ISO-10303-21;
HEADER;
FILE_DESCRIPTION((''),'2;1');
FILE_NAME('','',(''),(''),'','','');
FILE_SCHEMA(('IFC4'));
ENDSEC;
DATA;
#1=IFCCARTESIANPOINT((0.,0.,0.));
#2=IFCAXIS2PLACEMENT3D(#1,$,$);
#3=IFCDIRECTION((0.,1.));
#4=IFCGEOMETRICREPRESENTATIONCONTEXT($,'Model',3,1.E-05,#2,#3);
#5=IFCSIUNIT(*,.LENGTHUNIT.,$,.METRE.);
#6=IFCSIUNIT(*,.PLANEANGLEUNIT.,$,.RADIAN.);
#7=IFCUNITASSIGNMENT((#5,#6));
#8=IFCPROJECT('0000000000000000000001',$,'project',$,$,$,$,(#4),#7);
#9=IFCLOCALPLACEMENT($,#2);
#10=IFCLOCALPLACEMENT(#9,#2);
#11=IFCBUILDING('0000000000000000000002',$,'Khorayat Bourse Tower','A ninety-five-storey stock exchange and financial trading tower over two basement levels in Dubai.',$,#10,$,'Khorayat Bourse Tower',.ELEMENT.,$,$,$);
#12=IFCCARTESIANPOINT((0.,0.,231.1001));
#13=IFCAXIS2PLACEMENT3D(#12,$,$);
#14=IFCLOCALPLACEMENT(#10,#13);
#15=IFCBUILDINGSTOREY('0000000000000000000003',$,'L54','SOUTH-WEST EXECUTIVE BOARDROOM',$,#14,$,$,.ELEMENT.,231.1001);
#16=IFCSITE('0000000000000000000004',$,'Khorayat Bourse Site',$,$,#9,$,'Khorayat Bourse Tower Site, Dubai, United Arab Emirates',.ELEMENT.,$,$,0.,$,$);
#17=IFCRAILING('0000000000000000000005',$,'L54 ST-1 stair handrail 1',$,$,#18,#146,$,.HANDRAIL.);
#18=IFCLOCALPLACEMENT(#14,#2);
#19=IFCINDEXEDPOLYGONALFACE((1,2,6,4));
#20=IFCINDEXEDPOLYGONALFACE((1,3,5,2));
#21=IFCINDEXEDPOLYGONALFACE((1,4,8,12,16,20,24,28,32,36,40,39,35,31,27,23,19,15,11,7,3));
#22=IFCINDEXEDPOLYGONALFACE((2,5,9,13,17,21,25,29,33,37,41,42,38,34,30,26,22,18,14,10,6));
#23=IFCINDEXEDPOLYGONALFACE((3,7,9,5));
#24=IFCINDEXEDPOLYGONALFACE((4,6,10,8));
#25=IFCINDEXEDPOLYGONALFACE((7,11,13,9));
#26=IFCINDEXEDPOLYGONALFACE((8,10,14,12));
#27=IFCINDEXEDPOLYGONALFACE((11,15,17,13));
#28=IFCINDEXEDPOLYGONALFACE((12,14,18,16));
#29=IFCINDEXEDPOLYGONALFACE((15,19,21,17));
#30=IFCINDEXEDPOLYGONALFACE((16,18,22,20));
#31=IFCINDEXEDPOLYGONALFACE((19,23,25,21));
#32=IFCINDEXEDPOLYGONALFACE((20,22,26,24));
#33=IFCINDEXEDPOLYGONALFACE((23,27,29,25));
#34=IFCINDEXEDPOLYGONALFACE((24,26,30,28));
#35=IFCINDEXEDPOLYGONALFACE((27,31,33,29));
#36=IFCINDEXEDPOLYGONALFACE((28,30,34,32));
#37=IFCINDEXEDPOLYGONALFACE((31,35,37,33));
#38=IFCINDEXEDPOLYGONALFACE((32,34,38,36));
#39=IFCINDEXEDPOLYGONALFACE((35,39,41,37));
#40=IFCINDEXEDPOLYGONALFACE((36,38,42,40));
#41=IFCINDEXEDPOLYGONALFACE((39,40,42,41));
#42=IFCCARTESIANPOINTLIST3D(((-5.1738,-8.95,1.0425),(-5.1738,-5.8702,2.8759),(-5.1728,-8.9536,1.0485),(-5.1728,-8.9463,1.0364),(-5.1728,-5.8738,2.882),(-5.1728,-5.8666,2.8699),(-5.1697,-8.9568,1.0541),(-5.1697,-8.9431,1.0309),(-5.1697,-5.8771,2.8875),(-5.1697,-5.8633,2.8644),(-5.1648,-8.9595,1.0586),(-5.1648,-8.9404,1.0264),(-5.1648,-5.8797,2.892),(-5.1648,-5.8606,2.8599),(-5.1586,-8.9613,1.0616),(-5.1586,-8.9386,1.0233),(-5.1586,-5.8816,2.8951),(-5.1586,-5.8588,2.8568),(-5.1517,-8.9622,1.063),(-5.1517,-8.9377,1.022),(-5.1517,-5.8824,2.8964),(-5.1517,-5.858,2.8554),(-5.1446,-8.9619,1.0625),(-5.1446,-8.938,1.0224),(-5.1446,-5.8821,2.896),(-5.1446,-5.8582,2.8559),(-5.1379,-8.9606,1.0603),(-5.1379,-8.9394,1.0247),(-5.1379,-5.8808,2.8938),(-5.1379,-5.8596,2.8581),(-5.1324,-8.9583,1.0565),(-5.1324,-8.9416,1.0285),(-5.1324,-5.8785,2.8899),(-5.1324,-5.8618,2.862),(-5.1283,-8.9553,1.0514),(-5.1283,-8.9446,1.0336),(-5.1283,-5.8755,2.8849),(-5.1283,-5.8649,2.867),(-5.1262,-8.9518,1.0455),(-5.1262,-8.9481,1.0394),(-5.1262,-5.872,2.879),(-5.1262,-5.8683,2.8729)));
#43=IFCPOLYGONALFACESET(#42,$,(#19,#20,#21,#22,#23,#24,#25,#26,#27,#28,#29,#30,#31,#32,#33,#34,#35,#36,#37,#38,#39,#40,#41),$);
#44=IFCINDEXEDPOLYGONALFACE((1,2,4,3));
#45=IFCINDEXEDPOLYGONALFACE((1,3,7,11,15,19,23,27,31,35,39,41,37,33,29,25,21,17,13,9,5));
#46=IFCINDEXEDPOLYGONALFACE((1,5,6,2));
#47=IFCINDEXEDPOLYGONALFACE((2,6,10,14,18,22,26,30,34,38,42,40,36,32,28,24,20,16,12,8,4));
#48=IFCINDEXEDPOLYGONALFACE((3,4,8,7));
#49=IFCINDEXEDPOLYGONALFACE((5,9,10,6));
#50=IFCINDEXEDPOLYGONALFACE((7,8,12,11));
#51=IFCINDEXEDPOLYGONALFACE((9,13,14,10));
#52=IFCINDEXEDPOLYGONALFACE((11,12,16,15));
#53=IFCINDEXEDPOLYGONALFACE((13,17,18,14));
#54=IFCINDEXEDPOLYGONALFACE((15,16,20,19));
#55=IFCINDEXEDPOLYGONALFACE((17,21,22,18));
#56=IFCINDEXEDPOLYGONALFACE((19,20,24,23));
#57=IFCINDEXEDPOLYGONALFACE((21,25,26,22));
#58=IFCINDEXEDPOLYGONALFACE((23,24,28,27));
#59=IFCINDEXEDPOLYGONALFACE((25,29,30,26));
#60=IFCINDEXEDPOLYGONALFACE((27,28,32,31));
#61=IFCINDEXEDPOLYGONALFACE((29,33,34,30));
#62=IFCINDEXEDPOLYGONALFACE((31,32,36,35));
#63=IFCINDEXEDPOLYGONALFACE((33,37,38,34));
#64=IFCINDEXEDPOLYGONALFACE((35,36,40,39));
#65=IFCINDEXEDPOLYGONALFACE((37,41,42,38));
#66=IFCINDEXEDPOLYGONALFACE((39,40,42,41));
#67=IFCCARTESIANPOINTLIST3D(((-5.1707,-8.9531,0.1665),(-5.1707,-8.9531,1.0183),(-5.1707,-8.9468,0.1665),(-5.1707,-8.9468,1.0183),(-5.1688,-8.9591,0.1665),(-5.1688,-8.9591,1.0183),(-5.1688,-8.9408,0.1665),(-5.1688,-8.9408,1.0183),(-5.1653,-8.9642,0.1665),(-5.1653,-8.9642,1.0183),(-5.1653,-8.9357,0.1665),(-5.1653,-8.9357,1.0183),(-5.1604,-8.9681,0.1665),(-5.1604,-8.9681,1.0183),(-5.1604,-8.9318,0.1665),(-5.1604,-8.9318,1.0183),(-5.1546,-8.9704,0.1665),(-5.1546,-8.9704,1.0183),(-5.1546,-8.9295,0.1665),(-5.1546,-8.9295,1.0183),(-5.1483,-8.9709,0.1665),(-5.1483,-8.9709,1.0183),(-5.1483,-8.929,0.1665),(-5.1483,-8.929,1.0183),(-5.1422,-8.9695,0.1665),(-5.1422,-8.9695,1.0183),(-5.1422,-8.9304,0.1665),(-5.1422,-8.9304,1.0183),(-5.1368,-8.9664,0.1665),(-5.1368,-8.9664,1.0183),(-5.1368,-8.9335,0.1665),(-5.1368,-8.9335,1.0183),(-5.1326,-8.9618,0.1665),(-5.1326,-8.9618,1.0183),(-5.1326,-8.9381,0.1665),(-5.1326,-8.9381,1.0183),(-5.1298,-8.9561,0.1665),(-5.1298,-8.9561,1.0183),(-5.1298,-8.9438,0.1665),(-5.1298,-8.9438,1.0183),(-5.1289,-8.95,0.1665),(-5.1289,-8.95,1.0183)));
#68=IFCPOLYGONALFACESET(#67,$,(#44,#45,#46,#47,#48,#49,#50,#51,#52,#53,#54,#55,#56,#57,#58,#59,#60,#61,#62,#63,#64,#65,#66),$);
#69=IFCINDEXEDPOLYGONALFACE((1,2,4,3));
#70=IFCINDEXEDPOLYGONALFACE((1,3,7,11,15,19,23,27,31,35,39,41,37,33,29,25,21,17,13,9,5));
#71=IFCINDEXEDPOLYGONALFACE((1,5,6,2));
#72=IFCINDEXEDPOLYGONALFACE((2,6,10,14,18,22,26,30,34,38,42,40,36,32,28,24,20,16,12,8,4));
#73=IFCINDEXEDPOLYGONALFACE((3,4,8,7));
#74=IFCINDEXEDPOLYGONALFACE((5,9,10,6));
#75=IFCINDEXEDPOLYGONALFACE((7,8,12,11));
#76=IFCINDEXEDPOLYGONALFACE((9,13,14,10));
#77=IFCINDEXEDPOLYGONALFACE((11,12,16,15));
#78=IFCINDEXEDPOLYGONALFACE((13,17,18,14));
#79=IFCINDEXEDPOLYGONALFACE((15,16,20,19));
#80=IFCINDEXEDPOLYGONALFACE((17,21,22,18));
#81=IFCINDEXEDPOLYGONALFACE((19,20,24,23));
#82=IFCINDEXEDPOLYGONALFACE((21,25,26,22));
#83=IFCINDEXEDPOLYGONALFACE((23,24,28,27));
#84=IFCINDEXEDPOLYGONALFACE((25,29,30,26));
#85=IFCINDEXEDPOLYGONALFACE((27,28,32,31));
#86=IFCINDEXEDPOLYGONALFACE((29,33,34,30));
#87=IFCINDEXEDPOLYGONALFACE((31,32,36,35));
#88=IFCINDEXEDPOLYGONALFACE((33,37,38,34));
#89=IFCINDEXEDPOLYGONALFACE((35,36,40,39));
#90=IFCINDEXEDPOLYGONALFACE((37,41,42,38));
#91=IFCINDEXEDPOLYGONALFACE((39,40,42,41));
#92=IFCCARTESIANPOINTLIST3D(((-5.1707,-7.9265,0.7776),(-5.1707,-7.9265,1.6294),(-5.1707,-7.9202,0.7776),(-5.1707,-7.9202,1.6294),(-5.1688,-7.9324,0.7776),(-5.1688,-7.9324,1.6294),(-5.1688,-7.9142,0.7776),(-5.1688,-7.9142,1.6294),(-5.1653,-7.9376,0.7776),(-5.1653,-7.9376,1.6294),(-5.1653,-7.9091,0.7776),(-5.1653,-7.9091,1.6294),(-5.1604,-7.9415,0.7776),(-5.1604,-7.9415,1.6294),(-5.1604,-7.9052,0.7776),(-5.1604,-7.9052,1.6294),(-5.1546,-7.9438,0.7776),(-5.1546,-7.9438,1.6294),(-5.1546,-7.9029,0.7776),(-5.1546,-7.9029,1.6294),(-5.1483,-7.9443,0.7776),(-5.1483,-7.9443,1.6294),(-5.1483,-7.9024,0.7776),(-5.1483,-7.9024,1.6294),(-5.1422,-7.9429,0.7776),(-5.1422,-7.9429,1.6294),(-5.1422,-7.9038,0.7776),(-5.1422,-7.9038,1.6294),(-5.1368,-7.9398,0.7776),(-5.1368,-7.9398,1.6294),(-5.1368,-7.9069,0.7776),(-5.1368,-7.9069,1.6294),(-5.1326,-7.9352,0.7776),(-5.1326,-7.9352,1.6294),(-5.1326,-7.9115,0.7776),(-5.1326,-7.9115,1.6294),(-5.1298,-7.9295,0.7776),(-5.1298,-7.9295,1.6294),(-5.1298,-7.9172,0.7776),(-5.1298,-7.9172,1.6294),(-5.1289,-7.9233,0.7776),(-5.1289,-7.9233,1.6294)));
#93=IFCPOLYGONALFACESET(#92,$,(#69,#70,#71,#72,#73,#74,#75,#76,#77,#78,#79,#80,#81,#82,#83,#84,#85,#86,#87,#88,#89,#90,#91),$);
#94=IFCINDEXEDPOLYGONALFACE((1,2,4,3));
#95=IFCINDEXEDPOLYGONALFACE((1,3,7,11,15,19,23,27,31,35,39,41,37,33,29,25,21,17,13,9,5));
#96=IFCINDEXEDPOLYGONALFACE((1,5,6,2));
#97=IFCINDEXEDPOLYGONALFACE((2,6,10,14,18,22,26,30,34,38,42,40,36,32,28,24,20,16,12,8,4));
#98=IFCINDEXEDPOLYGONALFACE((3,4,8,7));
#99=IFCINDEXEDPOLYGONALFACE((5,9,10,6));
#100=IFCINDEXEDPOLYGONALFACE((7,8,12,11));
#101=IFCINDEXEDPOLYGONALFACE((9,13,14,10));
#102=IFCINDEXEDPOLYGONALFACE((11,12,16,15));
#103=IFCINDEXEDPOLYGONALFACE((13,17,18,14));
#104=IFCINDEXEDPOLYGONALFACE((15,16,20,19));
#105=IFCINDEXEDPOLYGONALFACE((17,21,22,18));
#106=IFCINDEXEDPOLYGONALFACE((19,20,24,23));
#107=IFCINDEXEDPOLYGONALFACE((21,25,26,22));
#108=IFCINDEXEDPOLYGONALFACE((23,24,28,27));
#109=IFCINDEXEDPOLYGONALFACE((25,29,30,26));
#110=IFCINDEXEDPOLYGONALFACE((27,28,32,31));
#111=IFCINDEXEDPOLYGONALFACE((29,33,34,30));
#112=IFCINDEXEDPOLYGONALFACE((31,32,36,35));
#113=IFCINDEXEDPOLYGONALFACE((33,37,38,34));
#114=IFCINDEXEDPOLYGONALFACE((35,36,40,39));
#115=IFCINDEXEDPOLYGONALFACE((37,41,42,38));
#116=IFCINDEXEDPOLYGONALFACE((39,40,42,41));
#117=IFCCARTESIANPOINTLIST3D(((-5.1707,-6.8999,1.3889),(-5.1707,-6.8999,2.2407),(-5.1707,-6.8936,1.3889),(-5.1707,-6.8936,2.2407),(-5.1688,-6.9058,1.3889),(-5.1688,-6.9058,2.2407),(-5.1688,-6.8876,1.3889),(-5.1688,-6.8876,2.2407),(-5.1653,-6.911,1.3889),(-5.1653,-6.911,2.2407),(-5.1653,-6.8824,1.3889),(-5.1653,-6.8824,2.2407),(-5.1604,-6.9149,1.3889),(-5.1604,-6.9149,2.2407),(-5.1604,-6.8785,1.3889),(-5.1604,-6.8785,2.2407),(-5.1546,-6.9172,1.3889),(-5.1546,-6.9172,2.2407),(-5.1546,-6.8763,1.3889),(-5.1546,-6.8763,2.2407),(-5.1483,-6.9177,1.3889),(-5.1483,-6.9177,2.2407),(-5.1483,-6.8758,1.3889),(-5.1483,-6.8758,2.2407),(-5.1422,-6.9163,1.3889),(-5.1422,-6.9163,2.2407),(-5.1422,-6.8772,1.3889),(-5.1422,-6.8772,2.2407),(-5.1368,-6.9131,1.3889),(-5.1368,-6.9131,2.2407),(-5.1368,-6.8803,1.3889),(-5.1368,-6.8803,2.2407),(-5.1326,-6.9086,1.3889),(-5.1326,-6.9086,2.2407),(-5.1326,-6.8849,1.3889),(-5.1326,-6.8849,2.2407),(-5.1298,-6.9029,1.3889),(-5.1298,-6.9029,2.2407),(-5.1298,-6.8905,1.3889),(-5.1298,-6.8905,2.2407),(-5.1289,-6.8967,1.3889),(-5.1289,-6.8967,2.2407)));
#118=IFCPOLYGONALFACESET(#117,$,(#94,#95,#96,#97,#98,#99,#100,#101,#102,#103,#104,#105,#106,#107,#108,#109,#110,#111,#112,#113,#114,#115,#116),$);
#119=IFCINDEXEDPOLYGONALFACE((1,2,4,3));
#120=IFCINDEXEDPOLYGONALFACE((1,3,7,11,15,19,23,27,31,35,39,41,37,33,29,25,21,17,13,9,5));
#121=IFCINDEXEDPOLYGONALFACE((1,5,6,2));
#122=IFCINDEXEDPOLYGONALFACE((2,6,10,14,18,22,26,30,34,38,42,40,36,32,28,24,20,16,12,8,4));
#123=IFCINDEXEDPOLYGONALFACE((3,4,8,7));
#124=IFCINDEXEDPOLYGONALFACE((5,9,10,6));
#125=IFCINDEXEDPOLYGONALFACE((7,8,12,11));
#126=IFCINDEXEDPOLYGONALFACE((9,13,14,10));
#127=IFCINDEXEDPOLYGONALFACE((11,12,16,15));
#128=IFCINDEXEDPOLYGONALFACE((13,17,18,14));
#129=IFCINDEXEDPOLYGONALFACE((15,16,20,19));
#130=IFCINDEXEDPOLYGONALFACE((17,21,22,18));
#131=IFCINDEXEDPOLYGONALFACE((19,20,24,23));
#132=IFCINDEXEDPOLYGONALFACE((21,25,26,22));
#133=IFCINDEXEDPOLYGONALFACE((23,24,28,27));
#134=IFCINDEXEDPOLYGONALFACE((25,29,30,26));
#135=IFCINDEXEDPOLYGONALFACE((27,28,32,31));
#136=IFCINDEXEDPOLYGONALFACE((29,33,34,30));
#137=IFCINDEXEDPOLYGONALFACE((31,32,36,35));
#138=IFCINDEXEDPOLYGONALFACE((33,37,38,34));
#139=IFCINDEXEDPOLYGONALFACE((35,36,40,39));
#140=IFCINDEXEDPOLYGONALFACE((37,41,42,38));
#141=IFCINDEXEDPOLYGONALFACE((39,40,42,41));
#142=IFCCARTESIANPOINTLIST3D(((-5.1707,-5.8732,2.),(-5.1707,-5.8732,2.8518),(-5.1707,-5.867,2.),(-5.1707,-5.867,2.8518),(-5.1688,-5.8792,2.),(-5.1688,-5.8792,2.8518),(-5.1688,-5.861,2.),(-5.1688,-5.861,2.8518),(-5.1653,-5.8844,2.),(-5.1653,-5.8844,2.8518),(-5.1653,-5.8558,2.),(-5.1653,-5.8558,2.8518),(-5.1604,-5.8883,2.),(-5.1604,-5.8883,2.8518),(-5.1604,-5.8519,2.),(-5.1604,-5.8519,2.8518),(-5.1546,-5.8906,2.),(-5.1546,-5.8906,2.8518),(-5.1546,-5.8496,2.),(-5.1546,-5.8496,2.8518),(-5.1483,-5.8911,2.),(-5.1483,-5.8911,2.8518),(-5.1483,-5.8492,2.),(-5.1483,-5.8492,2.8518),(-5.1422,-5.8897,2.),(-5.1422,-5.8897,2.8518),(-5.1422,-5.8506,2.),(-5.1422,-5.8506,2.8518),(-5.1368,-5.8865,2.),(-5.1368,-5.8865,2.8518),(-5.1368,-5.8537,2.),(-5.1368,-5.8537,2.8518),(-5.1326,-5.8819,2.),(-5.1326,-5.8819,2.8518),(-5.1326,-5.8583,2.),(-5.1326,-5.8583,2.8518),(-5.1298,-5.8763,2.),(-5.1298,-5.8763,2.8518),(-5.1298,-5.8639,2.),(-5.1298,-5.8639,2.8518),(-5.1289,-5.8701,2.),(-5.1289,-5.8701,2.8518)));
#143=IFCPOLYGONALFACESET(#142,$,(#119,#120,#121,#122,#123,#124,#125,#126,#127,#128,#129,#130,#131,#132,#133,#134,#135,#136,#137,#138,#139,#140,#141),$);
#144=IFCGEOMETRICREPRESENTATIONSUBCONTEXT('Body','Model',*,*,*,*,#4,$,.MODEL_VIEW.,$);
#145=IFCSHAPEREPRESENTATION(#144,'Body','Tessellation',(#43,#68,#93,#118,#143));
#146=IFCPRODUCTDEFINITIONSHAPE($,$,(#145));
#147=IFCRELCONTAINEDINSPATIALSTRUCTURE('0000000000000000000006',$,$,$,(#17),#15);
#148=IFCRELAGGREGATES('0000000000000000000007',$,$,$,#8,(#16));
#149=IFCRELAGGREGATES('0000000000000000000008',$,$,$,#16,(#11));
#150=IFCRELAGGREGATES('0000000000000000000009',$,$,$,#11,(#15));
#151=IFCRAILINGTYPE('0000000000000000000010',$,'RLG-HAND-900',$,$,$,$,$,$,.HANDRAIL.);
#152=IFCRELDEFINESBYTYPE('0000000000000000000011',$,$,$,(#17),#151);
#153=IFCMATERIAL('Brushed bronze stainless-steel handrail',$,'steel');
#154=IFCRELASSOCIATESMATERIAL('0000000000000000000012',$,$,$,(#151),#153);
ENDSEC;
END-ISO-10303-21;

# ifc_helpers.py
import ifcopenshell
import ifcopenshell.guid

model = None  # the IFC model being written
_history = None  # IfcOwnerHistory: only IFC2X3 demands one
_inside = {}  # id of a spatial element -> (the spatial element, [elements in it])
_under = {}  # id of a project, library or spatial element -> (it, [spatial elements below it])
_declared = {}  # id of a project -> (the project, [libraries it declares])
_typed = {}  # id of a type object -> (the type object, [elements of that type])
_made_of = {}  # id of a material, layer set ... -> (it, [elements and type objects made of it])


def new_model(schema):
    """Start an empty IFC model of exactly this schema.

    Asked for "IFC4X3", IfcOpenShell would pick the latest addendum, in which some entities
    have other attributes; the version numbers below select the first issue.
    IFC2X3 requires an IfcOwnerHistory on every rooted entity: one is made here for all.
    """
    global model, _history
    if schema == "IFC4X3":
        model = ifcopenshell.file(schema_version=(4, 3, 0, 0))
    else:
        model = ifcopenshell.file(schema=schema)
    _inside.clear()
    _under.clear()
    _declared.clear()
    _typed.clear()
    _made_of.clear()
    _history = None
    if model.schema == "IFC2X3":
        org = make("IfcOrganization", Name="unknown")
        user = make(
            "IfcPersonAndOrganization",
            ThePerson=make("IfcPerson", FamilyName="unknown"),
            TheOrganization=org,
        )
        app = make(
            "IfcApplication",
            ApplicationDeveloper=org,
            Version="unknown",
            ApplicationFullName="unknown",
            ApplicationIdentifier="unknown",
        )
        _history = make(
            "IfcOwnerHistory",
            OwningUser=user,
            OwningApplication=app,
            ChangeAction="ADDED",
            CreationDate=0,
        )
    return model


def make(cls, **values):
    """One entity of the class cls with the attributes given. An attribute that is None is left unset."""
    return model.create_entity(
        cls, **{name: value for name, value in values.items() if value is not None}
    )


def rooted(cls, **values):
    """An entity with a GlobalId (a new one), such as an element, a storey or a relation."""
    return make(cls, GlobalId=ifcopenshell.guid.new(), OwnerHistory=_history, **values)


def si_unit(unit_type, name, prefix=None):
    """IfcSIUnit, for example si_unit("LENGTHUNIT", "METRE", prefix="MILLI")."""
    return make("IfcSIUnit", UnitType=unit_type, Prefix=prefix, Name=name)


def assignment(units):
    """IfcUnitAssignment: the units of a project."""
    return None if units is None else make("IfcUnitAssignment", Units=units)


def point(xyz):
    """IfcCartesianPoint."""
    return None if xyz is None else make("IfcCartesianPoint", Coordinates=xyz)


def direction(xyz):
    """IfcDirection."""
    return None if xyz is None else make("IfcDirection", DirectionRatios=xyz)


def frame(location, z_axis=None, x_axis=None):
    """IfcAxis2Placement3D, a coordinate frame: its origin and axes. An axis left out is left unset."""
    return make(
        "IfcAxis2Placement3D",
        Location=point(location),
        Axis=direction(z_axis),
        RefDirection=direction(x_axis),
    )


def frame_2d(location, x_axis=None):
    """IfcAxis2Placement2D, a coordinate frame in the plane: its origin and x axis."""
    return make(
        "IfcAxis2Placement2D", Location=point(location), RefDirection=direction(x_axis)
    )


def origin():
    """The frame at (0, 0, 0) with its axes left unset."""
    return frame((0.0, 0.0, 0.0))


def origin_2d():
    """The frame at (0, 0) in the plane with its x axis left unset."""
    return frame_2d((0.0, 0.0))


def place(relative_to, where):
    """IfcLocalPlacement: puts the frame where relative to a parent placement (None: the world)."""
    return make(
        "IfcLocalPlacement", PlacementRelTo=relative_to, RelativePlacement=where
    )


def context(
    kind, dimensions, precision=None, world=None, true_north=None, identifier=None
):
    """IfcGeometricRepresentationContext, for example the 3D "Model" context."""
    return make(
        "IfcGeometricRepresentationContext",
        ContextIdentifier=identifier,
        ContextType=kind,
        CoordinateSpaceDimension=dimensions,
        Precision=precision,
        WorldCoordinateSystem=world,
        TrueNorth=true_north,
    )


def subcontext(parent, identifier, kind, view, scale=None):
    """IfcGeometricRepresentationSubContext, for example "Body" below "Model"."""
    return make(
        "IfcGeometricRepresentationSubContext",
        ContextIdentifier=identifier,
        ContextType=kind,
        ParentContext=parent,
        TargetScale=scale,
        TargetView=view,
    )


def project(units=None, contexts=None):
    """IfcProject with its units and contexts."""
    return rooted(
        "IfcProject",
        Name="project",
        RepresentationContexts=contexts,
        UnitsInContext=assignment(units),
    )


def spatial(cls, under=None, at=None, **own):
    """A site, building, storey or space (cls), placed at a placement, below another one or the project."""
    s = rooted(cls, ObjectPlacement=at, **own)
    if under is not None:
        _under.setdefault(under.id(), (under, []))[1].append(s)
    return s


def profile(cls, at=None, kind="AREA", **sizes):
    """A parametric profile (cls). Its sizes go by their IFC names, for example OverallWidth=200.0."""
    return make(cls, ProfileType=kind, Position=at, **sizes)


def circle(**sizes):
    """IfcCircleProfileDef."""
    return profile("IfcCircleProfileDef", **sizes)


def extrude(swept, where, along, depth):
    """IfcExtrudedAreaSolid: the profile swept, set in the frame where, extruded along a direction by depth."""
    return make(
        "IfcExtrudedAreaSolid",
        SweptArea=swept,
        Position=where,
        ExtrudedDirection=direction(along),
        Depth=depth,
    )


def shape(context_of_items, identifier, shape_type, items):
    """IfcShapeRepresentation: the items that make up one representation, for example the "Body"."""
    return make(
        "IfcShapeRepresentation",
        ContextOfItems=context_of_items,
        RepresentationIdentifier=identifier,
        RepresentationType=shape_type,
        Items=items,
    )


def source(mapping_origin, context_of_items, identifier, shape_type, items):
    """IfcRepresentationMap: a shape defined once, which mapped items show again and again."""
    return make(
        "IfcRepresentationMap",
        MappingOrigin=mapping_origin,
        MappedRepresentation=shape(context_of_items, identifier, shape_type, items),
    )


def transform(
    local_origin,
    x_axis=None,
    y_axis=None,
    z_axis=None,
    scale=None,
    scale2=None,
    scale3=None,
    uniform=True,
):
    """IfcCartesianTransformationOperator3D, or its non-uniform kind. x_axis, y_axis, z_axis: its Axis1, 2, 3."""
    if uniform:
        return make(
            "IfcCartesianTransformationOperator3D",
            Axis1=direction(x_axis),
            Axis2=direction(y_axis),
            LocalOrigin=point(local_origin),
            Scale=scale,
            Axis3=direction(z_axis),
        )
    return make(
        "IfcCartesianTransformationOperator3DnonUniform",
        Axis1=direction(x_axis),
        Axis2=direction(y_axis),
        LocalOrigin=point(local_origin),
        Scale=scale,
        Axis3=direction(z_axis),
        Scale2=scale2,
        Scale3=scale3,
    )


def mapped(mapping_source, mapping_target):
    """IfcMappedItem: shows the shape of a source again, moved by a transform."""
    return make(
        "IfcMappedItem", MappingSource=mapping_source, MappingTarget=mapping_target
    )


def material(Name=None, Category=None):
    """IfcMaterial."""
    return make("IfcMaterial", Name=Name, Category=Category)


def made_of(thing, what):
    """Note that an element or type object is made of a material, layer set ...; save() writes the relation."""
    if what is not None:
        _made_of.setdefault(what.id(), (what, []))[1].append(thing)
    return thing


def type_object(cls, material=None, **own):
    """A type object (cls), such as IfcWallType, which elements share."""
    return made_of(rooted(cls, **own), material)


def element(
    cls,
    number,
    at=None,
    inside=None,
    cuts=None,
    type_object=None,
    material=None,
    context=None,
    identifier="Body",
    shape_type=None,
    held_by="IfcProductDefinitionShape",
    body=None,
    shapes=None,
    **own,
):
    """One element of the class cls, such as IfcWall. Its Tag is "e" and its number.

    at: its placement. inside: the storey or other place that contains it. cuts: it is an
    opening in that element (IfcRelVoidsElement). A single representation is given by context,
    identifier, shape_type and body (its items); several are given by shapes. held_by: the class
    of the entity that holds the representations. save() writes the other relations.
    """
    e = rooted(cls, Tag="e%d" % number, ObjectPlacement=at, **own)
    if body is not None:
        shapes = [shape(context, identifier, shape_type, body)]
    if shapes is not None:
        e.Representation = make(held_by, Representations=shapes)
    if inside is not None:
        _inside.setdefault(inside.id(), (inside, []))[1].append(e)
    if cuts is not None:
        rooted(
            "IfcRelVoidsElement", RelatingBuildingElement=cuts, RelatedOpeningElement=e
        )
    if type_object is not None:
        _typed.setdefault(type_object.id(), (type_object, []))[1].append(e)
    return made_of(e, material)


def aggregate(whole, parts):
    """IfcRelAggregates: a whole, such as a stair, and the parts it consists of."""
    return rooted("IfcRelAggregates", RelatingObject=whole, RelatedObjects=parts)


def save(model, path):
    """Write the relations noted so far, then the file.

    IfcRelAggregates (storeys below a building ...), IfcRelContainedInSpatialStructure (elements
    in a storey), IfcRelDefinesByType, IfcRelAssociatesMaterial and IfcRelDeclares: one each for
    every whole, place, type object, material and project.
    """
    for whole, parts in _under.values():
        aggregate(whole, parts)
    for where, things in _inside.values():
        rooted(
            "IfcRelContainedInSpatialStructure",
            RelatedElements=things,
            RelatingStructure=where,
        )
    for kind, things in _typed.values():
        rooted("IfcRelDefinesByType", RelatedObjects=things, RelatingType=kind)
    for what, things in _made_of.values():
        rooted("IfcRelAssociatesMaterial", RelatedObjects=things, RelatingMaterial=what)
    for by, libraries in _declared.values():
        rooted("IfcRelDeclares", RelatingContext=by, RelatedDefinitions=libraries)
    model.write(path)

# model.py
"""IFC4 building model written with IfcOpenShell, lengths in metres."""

from ifc_helpers import new_model, si_unit, direction, frame, origin, origin_2d, place, context, subcontext, project, spatial, circle, extrude, source, transform, mapped, material, type_object, element, save


model = new_model("IFC4")

# Units and contexts
model_context = context("Model", 3, precision=1e-05, world=origin(), true_north=direction((0.0, 1.0)))
body_context = subcontext(model_context, "Body", "Model", "MODEL_VIEW")
ifc_project = project(units=[si_unit("LENGTHUNIT", "METRE"), si_unit("PLANEANGLEUNIT", "RADIAN")], contexts=[model_context])

# Site, building, storey
site_placement = place(None, origin())
site = spatial("IfcSite", under=ifc_project, at=site_placement, Name="Khorayat Bourse Site", LongName="Khorayat Bourse Tower Site, Dubai, United Arab Emirates", CompositionType="ELEMENT", RefElevation=0.0)
building_placement = place(site_placement, origin())
building = spatial("IfcBuilding", under=site, at=building_placement, Name="Khorayat Bourse Tower", Description="A ninety-five-storey stock exchange and financial trading tower over two basement levels in Dubai.", LongName="Khorayat Bourse Tower", CompositionType="ELEMENT")
storey_placement = place(building_placement, frame((0.0, 0.0, 231.1001)))
storey = spatial("IfcBuildingStorey", under=building, at=storey_placement, Name="L54", Description="SOUTH-WEST EXECUTIVE BOARDROOM", CompositionType="ELEMENT", Elevation=231.1001)

# Railing
ifc_material_1 = material(Name="Brushed bronze stainless-steel handrail", Category="steel")
railing_type_1 = type_object("IfcRailingType", Name="RLG-HAND-900", PredefinedType="HANDRAIL", material=ifc_material_1)
shared_shape_1 = source(origin(), body_context, "Body", "SweptSolid", [
    extrude(circle(Radius=0.0239, at=origin_2d()), frame((0.0, 0.0, 0.876), z_axis=(0.0, 0.859261, 0.511538), x_axis=(-1.0, 0.0, 0.0)), (0.0, 0.0, 1.0), 3.5842),
    extrude(circle(Radius=0.021, at=origin_2d()), origin(), (0.0, 0.0, 1.0), 0.8518),
    extrude(circle(Radius=0.021, at=origin_2d()), frame((0.0, 1.0266, 0.6111)), (0.0, 0.0, 1.0), 0.8518),
    extrude(circle(Radius=0.021, at=origin_2d()), frame((0.0, 2.0532, 1.2224)), (0.0, 0.0, 1.0), 0.8518),
    extrude(circle(Radius=0.021, at=origin_2d()), frame((0.0, 3.0798, 1.8335)), (0.0, 0.0, 1.0), 0.8518),
])
railing_1_placement = place(storey_placement, frame((-5.1499, -8.95, 0.1665)))
element("IfcRailing", 1, at=railing_1_placement, inside=storey, type_object=railing_type_1, Name="L54 ST-1 stair handrail 1", PredefinedType="HANDRAIL", context=body_context, shape_type="MappedRepresentation", body=[
    mapped(shared_shape_1, transform((0.0, 0.0, 0.0), scale=1.0)),
])

save(model, "model.ifc")
